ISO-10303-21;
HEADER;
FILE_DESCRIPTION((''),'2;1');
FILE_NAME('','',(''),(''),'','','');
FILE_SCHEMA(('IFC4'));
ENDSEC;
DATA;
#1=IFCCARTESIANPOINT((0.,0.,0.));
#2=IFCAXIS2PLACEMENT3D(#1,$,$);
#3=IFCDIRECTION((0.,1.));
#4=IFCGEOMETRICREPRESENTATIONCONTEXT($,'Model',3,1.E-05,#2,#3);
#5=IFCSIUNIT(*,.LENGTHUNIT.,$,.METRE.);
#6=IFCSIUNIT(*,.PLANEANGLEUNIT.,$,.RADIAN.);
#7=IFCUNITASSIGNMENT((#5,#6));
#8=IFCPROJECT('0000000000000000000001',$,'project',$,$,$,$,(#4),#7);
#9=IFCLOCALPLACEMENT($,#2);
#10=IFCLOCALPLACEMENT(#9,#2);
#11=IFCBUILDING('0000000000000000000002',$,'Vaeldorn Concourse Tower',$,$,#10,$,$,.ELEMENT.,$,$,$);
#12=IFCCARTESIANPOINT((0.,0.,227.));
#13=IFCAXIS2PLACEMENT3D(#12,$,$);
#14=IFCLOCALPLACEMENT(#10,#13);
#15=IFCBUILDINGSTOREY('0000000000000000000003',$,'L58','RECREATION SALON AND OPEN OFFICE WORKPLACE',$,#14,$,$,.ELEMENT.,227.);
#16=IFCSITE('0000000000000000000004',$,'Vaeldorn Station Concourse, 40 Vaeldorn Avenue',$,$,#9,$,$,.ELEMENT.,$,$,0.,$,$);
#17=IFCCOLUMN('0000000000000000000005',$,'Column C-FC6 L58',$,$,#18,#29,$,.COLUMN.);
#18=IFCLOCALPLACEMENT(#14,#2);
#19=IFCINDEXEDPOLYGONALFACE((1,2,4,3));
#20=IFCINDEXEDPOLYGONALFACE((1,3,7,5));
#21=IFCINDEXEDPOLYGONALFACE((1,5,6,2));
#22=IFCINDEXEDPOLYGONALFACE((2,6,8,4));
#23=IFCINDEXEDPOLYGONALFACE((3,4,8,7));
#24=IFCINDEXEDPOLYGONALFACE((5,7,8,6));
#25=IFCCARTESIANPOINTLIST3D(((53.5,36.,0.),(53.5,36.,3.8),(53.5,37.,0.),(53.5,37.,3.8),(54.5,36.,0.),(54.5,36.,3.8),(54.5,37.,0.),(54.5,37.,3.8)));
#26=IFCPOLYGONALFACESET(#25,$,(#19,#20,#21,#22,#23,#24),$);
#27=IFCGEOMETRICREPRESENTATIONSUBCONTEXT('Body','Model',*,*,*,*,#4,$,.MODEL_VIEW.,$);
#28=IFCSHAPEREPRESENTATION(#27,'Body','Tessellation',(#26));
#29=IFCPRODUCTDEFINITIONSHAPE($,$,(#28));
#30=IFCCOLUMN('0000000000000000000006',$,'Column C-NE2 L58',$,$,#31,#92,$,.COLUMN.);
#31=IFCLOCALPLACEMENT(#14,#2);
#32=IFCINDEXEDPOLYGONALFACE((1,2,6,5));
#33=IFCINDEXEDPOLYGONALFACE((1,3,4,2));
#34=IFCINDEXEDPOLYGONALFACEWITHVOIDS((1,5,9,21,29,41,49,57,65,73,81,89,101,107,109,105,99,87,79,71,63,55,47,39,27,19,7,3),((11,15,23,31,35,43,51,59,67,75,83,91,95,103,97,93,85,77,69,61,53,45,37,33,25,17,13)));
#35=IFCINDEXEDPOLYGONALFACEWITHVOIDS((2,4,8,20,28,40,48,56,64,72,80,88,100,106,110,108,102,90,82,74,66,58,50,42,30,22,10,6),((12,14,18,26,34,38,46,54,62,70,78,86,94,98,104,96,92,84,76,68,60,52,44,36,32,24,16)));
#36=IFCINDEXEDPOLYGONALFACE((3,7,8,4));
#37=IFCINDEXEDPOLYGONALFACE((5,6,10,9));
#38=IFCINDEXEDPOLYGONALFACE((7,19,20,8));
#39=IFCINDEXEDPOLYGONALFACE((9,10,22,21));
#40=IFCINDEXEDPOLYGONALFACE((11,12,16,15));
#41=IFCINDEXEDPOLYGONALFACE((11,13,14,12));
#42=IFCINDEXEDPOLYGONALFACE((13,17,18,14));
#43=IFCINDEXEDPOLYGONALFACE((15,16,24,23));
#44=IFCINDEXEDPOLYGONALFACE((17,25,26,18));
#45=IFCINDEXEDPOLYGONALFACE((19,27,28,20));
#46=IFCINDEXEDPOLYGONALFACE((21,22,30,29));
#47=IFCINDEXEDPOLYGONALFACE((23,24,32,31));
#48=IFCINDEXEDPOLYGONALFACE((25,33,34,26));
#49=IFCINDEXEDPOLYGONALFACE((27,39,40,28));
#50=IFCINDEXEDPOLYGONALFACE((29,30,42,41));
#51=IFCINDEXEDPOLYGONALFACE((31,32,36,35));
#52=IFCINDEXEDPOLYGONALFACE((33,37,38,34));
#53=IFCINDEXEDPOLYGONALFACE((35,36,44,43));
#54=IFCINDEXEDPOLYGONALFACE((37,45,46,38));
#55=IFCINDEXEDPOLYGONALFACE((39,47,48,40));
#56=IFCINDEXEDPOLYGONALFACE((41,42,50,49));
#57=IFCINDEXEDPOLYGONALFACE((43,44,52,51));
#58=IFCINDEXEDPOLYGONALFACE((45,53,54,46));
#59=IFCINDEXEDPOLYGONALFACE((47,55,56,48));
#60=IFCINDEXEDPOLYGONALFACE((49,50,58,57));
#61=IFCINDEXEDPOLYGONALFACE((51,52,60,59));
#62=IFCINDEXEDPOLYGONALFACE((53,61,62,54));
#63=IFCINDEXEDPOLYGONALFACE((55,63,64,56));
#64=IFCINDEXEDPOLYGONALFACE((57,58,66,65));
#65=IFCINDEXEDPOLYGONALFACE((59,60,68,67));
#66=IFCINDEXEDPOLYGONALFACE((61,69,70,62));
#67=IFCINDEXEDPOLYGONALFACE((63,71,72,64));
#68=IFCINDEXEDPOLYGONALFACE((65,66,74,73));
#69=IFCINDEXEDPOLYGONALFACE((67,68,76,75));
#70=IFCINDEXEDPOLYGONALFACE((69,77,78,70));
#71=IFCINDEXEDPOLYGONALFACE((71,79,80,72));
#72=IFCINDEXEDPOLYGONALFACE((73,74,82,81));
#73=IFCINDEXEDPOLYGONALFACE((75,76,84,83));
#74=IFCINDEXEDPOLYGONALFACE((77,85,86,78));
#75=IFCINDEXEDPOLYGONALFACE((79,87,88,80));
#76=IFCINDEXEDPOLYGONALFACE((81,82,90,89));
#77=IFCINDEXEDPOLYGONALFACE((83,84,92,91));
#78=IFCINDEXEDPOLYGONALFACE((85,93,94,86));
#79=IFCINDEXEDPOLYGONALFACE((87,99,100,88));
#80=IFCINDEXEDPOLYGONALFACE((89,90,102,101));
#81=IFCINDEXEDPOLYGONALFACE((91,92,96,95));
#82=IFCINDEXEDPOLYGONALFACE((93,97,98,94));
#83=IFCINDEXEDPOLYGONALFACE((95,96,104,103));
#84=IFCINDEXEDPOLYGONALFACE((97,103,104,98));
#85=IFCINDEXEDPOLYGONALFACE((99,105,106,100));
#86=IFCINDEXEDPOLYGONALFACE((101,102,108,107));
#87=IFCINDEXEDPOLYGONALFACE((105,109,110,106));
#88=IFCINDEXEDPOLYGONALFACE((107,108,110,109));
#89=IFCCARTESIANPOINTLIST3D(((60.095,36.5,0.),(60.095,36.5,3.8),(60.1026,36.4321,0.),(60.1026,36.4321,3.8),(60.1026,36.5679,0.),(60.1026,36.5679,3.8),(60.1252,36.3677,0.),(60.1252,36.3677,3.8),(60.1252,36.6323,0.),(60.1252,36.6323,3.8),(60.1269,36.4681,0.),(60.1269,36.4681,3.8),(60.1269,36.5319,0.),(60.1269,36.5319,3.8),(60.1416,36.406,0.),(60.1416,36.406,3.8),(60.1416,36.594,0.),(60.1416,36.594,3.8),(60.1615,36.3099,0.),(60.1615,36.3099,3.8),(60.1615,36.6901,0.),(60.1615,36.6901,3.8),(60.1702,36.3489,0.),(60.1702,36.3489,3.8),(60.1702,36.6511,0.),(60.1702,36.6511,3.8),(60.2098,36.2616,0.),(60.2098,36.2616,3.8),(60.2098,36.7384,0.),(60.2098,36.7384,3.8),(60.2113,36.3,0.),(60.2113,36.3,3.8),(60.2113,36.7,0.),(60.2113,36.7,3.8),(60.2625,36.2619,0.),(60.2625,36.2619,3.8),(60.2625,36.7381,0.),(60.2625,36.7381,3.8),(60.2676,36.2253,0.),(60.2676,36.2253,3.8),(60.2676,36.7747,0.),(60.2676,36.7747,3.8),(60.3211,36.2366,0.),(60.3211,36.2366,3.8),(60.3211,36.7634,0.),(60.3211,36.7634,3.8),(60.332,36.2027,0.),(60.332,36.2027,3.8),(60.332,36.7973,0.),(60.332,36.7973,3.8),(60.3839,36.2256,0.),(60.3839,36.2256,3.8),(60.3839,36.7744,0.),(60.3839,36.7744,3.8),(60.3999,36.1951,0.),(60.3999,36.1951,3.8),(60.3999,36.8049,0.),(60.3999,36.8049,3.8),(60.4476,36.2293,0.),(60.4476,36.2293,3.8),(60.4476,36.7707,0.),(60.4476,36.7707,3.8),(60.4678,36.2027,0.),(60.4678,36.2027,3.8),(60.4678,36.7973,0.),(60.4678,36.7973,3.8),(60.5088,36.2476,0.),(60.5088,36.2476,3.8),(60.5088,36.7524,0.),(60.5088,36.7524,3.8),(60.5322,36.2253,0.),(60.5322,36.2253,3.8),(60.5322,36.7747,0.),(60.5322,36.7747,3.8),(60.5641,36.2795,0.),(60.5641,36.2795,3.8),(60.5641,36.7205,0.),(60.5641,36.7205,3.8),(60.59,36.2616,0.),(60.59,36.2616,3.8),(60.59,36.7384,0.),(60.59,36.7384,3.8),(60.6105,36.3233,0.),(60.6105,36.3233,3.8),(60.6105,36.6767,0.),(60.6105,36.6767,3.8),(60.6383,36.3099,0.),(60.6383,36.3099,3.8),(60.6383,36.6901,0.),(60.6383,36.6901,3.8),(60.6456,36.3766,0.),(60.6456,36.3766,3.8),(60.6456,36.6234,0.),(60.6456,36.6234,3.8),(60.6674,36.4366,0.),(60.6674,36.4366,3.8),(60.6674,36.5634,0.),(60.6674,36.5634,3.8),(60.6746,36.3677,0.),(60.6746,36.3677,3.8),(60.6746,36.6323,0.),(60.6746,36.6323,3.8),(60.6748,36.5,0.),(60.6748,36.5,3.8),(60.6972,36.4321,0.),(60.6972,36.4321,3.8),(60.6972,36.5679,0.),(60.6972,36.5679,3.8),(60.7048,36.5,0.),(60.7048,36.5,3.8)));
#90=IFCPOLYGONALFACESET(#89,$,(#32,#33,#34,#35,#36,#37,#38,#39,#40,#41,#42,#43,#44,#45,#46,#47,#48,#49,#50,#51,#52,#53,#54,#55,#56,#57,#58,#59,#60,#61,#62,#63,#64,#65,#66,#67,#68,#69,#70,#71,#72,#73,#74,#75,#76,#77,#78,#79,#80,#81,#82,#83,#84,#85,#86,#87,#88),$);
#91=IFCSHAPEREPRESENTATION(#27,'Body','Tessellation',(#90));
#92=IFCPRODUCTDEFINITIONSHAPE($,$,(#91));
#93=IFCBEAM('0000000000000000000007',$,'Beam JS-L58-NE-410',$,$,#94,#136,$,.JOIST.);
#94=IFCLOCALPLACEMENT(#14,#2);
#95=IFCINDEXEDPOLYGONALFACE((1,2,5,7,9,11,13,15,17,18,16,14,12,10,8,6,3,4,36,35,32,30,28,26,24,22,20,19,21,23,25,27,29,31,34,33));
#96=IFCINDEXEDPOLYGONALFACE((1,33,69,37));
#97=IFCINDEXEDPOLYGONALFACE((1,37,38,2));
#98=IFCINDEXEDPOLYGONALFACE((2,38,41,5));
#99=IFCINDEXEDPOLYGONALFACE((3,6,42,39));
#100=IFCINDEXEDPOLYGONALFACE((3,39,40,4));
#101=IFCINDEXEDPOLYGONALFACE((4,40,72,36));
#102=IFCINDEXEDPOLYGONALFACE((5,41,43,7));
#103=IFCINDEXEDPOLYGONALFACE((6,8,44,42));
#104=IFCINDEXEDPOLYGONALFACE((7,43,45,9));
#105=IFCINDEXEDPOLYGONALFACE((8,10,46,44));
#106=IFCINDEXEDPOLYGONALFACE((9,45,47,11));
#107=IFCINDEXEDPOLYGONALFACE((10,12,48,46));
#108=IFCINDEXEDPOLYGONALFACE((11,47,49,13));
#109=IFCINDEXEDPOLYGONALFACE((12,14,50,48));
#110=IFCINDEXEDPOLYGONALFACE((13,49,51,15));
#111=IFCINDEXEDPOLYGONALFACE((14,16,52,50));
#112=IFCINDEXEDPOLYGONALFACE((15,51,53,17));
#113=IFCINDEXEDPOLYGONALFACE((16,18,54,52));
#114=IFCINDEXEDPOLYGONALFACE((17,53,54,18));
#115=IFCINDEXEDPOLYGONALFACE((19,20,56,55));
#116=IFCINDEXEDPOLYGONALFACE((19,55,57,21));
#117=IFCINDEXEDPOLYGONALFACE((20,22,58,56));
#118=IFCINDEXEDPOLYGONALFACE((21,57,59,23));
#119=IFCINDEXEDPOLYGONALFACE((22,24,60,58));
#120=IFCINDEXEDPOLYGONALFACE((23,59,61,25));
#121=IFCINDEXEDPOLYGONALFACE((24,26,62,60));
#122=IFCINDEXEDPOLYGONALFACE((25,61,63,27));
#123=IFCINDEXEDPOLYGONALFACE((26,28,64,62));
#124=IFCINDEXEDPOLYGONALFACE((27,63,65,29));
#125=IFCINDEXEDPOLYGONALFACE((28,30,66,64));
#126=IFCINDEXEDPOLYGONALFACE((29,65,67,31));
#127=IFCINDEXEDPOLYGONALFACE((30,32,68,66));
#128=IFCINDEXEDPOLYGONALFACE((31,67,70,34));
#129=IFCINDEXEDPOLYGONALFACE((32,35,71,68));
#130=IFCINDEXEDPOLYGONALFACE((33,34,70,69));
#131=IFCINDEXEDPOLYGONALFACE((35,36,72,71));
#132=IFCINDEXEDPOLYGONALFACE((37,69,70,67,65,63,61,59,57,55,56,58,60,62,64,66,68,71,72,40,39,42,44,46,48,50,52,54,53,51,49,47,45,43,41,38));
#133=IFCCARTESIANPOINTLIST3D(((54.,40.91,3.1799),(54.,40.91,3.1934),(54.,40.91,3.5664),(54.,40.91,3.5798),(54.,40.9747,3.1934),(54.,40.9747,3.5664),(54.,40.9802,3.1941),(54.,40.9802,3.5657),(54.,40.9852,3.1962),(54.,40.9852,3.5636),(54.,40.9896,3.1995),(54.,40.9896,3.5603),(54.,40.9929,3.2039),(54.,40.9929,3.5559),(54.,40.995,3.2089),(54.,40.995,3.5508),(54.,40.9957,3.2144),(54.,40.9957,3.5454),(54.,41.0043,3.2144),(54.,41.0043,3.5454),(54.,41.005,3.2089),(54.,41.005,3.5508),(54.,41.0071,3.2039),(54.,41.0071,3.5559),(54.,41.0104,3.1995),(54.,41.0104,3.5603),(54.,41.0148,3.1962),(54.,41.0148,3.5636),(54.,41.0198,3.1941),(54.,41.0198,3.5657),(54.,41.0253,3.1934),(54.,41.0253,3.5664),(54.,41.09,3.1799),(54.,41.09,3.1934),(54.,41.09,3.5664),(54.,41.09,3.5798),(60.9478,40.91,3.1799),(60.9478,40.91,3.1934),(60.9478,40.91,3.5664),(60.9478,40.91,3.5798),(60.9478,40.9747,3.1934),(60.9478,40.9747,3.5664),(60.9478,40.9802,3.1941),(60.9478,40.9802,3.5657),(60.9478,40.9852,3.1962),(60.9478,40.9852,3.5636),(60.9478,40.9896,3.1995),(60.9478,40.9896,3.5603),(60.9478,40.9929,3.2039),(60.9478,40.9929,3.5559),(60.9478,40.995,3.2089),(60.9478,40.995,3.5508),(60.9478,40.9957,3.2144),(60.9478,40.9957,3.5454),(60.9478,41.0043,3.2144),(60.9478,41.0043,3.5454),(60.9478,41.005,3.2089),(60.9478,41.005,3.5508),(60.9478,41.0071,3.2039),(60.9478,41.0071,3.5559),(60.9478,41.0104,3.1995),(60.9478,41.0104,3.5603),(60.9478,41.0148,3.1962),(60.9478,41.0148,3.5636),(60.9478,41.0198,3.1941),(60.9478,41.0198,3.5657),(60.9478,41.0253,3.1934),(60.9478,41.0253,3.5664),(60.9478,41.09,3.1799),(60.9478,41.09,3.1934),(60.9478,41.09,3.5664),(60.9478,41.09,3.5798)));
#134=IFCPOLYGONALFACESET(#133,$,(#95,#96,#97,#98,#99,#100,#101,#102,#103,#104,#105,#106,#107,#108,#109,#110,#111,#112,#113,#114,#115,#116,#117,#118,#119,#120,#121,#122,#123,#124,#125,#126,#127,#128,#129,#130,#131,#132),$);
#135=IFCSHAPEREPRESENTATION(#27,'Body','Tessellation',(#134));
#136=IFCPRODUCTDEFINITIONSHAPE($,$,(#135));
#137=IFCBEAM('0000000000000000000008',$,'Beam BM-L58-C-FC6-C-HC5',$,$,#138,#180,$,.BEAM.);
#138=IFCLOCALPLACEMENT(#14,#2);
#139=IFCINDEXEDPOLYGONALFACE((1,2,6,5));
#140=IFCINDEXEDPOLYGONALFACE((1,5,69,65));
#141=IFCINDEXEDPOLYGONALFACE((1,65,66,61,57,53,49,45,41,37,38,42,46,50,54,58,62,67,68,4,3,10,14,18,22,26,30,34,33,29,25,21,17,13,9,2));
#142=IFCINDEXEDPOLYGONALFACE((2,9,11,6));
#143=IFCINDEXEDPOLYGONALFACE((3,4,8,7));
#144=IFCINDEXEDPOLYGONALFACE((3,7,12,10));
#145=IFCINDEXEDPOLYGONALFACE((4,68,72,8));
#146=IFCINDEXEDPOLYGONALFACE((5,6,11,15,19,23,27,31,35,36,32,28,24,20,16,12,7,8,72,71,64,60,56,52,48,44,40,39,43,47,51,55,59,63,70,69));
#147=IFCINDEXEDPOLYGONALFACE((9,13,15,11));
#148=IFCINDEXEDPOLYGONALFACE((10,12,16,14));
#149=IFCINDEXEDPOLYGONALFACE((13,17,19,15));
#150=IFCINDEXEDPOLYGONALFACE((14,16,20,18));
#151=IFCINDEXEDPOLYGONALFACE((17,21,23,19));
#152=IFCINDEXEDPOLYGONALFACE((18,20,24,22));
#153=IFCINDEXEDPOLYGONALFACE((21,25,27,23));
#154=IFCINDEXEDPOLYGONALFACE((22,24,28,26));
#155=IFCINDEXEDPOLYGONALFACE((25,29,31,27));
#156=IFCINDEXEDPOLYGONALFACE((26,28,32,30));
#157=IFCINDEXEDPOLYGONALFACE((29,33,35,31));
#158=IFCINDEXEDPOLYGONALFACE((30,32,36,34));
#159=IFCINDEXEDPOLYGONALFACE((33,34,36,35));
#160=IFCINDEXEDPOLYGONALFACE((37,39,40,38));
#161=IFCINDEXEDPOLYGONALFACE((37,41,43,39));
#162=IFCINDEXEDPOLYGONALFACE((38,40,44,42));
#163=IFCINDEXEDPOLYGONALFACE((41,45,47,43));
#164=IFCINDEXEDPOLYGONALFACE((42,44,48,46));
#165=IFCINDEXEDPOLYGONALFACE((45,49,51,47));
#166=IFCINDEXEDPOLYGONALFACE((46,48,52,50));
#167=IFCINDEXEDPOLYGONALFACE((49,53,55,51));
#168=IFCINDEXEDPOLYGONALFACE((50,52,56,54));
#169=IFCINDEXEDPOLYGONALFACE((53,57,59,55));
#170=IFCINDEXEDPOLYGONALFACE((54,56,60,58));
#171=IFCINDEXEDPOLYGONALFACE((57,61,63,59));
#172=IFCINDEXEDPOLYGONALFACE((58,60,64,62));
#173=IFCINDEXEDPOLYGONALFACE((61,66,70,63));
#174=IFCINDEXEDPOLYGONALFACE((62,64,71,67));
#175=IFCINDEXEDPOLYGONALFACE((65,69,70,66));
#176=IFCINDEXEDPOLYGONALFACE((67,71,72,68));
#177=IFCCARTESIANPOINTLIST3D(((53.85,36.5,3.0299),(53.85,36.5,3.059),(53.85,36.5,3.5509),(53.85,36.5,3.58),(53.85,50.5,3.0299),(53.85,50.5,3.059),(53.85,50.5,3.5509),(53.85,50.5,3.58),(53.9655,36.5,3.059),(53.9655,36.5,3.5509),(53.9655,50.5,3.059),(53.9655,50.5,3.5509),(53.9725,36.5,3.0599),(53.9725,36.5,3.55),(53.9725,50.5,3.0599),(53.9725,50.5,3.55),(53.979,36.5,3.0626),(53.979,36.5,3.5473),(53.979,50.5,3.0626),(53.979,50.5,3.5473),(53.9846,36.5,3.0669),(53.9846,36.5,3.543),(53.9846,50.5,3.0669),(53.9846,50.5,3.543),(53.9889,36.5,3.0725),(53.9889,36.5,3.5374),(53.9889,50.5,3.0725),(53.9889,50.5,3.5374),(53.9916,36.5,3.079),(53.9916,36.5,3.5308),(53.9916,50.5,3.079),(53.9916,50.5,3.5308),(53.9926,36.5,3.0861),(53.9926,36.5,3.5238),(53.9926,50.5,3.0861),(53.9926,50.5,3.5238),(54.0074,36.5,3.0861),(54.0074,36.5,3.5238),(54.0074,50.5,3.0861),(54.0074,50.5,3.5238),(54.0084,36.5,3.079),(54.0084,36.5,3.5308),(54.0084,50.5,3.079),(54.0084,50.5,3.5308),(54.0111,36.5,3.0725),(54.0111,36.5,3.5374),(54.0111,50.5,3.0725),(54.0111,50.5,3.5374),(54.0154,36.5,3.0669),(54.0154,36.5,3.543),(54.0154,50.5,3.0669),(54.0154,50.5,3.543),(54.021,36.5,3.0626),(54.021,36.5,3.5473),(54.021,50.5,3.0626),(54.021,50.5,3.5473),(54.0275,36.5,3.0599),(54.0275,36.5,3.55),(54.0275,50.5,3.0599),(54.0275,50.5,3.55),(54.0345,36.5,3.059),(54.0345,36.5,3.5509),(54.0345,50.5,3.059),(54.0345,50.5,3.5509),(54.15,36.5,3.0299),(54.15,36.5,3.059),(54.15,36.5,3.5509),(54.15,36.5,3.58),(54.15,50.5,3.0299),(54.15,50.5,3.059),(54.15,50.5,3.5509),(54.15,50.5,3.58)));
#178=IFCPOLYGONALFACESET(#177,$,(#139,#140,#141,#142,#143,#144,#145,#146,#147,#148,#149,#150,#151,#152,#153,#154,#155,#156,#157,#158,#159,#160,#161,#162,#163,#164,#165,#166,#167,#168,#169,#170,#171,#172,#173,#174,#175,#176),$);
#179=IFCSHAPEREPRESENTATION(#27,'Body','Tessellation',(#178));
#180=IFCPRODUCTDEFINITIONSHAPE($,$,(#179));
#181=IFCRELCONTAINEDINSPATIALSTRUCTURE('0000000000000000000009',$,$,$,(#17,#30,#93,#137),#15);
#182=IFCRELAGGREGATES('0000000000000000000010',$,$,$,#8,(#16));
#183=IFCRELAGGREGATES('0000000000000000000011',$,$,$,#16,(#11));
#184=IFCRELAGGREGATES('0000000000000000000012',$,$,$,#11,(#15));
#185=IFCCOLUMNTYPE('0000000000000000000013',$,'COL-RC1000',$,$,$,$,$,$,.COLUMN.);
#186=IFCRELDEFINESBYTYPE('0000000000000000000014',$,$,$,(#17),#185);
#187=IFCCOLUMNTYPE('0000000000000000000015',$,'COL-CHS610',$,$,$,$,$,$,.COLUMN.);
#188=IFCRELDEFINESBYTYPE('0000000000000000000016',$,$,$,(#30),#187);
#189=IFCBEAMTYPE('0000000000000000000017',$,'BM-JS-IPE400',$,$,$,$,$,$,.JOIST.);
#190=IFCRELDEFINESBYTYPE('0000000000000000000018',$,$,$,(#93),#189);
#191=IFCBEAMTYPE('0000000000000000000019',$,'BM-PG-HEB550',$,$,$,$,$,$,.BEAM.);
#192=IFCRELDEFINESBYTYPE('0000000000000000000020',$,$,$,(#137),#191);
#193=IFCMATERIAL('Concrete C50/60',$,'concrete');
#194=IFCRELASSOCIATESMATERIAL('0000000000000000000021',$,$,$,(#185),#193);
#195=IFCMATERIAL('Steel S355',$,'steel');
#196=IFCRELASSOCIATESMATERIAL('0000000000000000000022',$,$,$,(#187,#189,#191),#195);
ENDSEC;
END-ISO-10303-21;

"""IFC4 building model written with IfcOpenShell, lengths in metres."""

from ifc_helpers import new_model, si_unit, direction, frame, origin, origin_2d, place, context, subcontext, project, spatial, rectangle, hollow_circle, i_section, extrude, source, transform, mapped, material, material_profile, profile_set, type_object, element, save


model = new_model("IFC4")

# Units and contexts
model_context = context("Model", 3, precision=1e-05, world=origin(), true_north=direction((0.0, 1.0)))
body_context = subcontext(model_context, "Body", "Model", "MODEL_VIEW")
ifc_project = project(units=[si_unit("LENGTHUNIT", "METRE"), si_unit("PLANEANGLEUNIT", "RADIAN")], contexts=[model_context])

# Site, building, storey
site_placement = place(None, origin())
site = spatial("IfcSite", under=ifc_project, at=site_placement, Name="Vaeldorn Station Concourse, 40 Vaeldorn Avenue", CompositionType="ELEMENT", RefElevation=0.0)
building_placement = place(site_placement, origin())
building = spatial("IfcBuilding", under=site, at=building_placement, Name="Vaeldorn Concourse Tower", CompositionType="ELEMENT")
storey_placement = place(building_placement, frame((0.0, 0.0, 227.0)))
storey = spatial("IfcBuildingStorey", under=building, at=storey_placement, Name="L58", Description="RECREATION SALON AND OPEN OFFICE WORKPLACE", CompositionType="ELEMENT", Elevation=227.0)

# Columns
ifc_material_1 = material(Name="Concrete C50/60", Category="concrete")
ifc_material_profile_1 = material_profile(ifc_material_1, rectangle(XDim=1.0, YDim=1.0, at=origin_2d()), Name="RC 1000x1000")
ifc_profile_set_1 = profile_set([ifc_material_profile_1], Name="Concrete C50/60")
column_type_1 = type_object("IfcColumnType", Name="COL-RC1000", PredefinedType="COLUMN", material=ifc_profile_set_1)
shared_shape_1 = source(origin(), body_context, "Body", "SweptSolid", [
    extrude(rectangle(XDim=1.0, YDim=1.0, at=origin_2d()), origin(), (0.0, 0.0, 1.0), 3.8),
])
column_1_placement = place(storey_placement, frame((54.0, 36.5, 0.0), z_axis=(0.0, 0.0, 1.0), x_axis=(1.0, 0.0, 0.0)))
element("IfcColumn", 1, at=column_1_placement, inside=storey, type_object=column_type_1, Name="Column C-FC6 L58", PredefinedType="COLUMN", context=body_context, shape_type="MappedRepresentation", body=[
    mapped(shared_shape_1, transform((0.0, 0.0, 0.0), scale=1.0)),
])
ifc_material_2 = material(Name="Steel S355", Category="steel")
ifc_material_profile_2 = material_profile(ifc_material_2, hollow_circle(Radius=0.3049, WallThickness=0.03, at=origin_2d()), Name="CHS 610x30")
ifc_profile_set_2 = profile_set([ifc_material_profile_2], Name="Steel S355")
column_type_2 = type_object("IfcColumnType", Name="COL-CHS610", PredefinedType="COLUMN", material=ifc_profile_set_2)
shared_shape_2 = source(origin(), body_context, "Body", "SweptSolid", [
    extrude(hollow_circle(Radius=0.3049, WallThickness=0.03, at=origin_2d()), origin(), (0.0, 0.0, 1.0), 3.8),
])
column_2_placement = place(storey_placement, frame((60.3999, 36.5, 0.0), z_axis=(0.0, 0.0, 1.0), x_axis=(1.0, 0.0, 0.0)))
element("IfcColumn", 2, at=column_2_placement, inside=storey, type_object=column_type_2, Name="Column C-NE2 L58", PredefinedType="COLUMN", context=body_context, shape_type="MappedRepresentation", body=[
    mapped(shared_shape_2, transform((0.0, 0.0, 0.0), scale=1.0)),
])

# Beams
ifc_material_profile_3 = material_profile(ifc_material_2, i_section(OverallWidth=0.1799, OverallDepth=0.3999, WebThickness=0.0085, FlangeThickness=0.0134, FilletRadius=0.021, at=origin_2d()), Name="IPE 400")
ifc_profile_set_3 = profile_set([ifc_material_profile_3], Name="Steel S355")
beam_type_1 = type_object("IfcBeamType", Name="BM-JS-IPE400", PredefinedType="JOIST", material=ifc_profile_set_3)
shared_shape_3 = source(origin(), body_context, "Body", "SweptSolid", [
    extrude(i_section(OverallWidth=0.1799, OverallDepth=0.3999, WebThickness=0.0085, FlangeThickness=0.0134, FilletRadius=0.021, at=origin_2d()), origin(), (0.0, 0.0, 1.0), 6.9478),
])
beam_1_placement = place(storey_placement, frame((54.0, 41.0, 3.3799), z_axis=(1.0, 0.0, 0.0), x_axis=(0.0, 1.0, 0.0)))
element("IfcBeam", 3, at=beam_1_placement, inside=storey, type_object=beam_type_1, Name="Beam JS-L58-NE-410", PredefinedType="JOIST", context=body_context, shape_type="MappedRepresentation", body=[
    mapped(shared_shape_3, transform((0.0, 0.0, 0.0), scale=1.0)),
])
ifc_material_profile_4 = material_profile(ifc_material_2, i_section(OverallWidth=0.3, OverallDepth=0.55, WebThickness=0.0149, FlangeThickness=0.0291, FilletRadius=0.0271, at=origin_2d()), Name="HEB 550")
ifc_profile_set_4 = profile_set([ifc_material_profile_4], Name="Steel S355")
beam_type_2 = type_object("IfcBeamType", Name="BM-PG-HEB550", PredefinedType="BEAM", material=ifc_profile_set_4)
shared_shape_4 = source(origin(), body_context, "Body", "SweptSolid", [
    extrude(i_section(OverallWidth=0.3, OverallDepth=0.55, WebThickness=0.0149, FlangeThickness=0.0291, FilletRadius=0.0271, at=origin_2d()), origin(), (0.0, 0.0, 1.0), 14.0),
])
beam_2_placement = place(storey_placement, frame((54.0, 36.5, 3.3049), z_axis=(0.0, 1.0, 0.0), x_axis=(-1.0, 0.0, 0.0)))
element("IfcBeam", 4, at=beam_2_placement, inside=storey, type_object=beam_type_2, Name="Beam BM-L58-C-FC6-C-HC5", PredefinedType="BEAM", context=body_context, shape_type="MappedRepresentation", body=[
    mapped(shared_shape_4, transform((0.0, 0.0, 0.0), scale=1.0)),
])

save(model, "model.ifc")
